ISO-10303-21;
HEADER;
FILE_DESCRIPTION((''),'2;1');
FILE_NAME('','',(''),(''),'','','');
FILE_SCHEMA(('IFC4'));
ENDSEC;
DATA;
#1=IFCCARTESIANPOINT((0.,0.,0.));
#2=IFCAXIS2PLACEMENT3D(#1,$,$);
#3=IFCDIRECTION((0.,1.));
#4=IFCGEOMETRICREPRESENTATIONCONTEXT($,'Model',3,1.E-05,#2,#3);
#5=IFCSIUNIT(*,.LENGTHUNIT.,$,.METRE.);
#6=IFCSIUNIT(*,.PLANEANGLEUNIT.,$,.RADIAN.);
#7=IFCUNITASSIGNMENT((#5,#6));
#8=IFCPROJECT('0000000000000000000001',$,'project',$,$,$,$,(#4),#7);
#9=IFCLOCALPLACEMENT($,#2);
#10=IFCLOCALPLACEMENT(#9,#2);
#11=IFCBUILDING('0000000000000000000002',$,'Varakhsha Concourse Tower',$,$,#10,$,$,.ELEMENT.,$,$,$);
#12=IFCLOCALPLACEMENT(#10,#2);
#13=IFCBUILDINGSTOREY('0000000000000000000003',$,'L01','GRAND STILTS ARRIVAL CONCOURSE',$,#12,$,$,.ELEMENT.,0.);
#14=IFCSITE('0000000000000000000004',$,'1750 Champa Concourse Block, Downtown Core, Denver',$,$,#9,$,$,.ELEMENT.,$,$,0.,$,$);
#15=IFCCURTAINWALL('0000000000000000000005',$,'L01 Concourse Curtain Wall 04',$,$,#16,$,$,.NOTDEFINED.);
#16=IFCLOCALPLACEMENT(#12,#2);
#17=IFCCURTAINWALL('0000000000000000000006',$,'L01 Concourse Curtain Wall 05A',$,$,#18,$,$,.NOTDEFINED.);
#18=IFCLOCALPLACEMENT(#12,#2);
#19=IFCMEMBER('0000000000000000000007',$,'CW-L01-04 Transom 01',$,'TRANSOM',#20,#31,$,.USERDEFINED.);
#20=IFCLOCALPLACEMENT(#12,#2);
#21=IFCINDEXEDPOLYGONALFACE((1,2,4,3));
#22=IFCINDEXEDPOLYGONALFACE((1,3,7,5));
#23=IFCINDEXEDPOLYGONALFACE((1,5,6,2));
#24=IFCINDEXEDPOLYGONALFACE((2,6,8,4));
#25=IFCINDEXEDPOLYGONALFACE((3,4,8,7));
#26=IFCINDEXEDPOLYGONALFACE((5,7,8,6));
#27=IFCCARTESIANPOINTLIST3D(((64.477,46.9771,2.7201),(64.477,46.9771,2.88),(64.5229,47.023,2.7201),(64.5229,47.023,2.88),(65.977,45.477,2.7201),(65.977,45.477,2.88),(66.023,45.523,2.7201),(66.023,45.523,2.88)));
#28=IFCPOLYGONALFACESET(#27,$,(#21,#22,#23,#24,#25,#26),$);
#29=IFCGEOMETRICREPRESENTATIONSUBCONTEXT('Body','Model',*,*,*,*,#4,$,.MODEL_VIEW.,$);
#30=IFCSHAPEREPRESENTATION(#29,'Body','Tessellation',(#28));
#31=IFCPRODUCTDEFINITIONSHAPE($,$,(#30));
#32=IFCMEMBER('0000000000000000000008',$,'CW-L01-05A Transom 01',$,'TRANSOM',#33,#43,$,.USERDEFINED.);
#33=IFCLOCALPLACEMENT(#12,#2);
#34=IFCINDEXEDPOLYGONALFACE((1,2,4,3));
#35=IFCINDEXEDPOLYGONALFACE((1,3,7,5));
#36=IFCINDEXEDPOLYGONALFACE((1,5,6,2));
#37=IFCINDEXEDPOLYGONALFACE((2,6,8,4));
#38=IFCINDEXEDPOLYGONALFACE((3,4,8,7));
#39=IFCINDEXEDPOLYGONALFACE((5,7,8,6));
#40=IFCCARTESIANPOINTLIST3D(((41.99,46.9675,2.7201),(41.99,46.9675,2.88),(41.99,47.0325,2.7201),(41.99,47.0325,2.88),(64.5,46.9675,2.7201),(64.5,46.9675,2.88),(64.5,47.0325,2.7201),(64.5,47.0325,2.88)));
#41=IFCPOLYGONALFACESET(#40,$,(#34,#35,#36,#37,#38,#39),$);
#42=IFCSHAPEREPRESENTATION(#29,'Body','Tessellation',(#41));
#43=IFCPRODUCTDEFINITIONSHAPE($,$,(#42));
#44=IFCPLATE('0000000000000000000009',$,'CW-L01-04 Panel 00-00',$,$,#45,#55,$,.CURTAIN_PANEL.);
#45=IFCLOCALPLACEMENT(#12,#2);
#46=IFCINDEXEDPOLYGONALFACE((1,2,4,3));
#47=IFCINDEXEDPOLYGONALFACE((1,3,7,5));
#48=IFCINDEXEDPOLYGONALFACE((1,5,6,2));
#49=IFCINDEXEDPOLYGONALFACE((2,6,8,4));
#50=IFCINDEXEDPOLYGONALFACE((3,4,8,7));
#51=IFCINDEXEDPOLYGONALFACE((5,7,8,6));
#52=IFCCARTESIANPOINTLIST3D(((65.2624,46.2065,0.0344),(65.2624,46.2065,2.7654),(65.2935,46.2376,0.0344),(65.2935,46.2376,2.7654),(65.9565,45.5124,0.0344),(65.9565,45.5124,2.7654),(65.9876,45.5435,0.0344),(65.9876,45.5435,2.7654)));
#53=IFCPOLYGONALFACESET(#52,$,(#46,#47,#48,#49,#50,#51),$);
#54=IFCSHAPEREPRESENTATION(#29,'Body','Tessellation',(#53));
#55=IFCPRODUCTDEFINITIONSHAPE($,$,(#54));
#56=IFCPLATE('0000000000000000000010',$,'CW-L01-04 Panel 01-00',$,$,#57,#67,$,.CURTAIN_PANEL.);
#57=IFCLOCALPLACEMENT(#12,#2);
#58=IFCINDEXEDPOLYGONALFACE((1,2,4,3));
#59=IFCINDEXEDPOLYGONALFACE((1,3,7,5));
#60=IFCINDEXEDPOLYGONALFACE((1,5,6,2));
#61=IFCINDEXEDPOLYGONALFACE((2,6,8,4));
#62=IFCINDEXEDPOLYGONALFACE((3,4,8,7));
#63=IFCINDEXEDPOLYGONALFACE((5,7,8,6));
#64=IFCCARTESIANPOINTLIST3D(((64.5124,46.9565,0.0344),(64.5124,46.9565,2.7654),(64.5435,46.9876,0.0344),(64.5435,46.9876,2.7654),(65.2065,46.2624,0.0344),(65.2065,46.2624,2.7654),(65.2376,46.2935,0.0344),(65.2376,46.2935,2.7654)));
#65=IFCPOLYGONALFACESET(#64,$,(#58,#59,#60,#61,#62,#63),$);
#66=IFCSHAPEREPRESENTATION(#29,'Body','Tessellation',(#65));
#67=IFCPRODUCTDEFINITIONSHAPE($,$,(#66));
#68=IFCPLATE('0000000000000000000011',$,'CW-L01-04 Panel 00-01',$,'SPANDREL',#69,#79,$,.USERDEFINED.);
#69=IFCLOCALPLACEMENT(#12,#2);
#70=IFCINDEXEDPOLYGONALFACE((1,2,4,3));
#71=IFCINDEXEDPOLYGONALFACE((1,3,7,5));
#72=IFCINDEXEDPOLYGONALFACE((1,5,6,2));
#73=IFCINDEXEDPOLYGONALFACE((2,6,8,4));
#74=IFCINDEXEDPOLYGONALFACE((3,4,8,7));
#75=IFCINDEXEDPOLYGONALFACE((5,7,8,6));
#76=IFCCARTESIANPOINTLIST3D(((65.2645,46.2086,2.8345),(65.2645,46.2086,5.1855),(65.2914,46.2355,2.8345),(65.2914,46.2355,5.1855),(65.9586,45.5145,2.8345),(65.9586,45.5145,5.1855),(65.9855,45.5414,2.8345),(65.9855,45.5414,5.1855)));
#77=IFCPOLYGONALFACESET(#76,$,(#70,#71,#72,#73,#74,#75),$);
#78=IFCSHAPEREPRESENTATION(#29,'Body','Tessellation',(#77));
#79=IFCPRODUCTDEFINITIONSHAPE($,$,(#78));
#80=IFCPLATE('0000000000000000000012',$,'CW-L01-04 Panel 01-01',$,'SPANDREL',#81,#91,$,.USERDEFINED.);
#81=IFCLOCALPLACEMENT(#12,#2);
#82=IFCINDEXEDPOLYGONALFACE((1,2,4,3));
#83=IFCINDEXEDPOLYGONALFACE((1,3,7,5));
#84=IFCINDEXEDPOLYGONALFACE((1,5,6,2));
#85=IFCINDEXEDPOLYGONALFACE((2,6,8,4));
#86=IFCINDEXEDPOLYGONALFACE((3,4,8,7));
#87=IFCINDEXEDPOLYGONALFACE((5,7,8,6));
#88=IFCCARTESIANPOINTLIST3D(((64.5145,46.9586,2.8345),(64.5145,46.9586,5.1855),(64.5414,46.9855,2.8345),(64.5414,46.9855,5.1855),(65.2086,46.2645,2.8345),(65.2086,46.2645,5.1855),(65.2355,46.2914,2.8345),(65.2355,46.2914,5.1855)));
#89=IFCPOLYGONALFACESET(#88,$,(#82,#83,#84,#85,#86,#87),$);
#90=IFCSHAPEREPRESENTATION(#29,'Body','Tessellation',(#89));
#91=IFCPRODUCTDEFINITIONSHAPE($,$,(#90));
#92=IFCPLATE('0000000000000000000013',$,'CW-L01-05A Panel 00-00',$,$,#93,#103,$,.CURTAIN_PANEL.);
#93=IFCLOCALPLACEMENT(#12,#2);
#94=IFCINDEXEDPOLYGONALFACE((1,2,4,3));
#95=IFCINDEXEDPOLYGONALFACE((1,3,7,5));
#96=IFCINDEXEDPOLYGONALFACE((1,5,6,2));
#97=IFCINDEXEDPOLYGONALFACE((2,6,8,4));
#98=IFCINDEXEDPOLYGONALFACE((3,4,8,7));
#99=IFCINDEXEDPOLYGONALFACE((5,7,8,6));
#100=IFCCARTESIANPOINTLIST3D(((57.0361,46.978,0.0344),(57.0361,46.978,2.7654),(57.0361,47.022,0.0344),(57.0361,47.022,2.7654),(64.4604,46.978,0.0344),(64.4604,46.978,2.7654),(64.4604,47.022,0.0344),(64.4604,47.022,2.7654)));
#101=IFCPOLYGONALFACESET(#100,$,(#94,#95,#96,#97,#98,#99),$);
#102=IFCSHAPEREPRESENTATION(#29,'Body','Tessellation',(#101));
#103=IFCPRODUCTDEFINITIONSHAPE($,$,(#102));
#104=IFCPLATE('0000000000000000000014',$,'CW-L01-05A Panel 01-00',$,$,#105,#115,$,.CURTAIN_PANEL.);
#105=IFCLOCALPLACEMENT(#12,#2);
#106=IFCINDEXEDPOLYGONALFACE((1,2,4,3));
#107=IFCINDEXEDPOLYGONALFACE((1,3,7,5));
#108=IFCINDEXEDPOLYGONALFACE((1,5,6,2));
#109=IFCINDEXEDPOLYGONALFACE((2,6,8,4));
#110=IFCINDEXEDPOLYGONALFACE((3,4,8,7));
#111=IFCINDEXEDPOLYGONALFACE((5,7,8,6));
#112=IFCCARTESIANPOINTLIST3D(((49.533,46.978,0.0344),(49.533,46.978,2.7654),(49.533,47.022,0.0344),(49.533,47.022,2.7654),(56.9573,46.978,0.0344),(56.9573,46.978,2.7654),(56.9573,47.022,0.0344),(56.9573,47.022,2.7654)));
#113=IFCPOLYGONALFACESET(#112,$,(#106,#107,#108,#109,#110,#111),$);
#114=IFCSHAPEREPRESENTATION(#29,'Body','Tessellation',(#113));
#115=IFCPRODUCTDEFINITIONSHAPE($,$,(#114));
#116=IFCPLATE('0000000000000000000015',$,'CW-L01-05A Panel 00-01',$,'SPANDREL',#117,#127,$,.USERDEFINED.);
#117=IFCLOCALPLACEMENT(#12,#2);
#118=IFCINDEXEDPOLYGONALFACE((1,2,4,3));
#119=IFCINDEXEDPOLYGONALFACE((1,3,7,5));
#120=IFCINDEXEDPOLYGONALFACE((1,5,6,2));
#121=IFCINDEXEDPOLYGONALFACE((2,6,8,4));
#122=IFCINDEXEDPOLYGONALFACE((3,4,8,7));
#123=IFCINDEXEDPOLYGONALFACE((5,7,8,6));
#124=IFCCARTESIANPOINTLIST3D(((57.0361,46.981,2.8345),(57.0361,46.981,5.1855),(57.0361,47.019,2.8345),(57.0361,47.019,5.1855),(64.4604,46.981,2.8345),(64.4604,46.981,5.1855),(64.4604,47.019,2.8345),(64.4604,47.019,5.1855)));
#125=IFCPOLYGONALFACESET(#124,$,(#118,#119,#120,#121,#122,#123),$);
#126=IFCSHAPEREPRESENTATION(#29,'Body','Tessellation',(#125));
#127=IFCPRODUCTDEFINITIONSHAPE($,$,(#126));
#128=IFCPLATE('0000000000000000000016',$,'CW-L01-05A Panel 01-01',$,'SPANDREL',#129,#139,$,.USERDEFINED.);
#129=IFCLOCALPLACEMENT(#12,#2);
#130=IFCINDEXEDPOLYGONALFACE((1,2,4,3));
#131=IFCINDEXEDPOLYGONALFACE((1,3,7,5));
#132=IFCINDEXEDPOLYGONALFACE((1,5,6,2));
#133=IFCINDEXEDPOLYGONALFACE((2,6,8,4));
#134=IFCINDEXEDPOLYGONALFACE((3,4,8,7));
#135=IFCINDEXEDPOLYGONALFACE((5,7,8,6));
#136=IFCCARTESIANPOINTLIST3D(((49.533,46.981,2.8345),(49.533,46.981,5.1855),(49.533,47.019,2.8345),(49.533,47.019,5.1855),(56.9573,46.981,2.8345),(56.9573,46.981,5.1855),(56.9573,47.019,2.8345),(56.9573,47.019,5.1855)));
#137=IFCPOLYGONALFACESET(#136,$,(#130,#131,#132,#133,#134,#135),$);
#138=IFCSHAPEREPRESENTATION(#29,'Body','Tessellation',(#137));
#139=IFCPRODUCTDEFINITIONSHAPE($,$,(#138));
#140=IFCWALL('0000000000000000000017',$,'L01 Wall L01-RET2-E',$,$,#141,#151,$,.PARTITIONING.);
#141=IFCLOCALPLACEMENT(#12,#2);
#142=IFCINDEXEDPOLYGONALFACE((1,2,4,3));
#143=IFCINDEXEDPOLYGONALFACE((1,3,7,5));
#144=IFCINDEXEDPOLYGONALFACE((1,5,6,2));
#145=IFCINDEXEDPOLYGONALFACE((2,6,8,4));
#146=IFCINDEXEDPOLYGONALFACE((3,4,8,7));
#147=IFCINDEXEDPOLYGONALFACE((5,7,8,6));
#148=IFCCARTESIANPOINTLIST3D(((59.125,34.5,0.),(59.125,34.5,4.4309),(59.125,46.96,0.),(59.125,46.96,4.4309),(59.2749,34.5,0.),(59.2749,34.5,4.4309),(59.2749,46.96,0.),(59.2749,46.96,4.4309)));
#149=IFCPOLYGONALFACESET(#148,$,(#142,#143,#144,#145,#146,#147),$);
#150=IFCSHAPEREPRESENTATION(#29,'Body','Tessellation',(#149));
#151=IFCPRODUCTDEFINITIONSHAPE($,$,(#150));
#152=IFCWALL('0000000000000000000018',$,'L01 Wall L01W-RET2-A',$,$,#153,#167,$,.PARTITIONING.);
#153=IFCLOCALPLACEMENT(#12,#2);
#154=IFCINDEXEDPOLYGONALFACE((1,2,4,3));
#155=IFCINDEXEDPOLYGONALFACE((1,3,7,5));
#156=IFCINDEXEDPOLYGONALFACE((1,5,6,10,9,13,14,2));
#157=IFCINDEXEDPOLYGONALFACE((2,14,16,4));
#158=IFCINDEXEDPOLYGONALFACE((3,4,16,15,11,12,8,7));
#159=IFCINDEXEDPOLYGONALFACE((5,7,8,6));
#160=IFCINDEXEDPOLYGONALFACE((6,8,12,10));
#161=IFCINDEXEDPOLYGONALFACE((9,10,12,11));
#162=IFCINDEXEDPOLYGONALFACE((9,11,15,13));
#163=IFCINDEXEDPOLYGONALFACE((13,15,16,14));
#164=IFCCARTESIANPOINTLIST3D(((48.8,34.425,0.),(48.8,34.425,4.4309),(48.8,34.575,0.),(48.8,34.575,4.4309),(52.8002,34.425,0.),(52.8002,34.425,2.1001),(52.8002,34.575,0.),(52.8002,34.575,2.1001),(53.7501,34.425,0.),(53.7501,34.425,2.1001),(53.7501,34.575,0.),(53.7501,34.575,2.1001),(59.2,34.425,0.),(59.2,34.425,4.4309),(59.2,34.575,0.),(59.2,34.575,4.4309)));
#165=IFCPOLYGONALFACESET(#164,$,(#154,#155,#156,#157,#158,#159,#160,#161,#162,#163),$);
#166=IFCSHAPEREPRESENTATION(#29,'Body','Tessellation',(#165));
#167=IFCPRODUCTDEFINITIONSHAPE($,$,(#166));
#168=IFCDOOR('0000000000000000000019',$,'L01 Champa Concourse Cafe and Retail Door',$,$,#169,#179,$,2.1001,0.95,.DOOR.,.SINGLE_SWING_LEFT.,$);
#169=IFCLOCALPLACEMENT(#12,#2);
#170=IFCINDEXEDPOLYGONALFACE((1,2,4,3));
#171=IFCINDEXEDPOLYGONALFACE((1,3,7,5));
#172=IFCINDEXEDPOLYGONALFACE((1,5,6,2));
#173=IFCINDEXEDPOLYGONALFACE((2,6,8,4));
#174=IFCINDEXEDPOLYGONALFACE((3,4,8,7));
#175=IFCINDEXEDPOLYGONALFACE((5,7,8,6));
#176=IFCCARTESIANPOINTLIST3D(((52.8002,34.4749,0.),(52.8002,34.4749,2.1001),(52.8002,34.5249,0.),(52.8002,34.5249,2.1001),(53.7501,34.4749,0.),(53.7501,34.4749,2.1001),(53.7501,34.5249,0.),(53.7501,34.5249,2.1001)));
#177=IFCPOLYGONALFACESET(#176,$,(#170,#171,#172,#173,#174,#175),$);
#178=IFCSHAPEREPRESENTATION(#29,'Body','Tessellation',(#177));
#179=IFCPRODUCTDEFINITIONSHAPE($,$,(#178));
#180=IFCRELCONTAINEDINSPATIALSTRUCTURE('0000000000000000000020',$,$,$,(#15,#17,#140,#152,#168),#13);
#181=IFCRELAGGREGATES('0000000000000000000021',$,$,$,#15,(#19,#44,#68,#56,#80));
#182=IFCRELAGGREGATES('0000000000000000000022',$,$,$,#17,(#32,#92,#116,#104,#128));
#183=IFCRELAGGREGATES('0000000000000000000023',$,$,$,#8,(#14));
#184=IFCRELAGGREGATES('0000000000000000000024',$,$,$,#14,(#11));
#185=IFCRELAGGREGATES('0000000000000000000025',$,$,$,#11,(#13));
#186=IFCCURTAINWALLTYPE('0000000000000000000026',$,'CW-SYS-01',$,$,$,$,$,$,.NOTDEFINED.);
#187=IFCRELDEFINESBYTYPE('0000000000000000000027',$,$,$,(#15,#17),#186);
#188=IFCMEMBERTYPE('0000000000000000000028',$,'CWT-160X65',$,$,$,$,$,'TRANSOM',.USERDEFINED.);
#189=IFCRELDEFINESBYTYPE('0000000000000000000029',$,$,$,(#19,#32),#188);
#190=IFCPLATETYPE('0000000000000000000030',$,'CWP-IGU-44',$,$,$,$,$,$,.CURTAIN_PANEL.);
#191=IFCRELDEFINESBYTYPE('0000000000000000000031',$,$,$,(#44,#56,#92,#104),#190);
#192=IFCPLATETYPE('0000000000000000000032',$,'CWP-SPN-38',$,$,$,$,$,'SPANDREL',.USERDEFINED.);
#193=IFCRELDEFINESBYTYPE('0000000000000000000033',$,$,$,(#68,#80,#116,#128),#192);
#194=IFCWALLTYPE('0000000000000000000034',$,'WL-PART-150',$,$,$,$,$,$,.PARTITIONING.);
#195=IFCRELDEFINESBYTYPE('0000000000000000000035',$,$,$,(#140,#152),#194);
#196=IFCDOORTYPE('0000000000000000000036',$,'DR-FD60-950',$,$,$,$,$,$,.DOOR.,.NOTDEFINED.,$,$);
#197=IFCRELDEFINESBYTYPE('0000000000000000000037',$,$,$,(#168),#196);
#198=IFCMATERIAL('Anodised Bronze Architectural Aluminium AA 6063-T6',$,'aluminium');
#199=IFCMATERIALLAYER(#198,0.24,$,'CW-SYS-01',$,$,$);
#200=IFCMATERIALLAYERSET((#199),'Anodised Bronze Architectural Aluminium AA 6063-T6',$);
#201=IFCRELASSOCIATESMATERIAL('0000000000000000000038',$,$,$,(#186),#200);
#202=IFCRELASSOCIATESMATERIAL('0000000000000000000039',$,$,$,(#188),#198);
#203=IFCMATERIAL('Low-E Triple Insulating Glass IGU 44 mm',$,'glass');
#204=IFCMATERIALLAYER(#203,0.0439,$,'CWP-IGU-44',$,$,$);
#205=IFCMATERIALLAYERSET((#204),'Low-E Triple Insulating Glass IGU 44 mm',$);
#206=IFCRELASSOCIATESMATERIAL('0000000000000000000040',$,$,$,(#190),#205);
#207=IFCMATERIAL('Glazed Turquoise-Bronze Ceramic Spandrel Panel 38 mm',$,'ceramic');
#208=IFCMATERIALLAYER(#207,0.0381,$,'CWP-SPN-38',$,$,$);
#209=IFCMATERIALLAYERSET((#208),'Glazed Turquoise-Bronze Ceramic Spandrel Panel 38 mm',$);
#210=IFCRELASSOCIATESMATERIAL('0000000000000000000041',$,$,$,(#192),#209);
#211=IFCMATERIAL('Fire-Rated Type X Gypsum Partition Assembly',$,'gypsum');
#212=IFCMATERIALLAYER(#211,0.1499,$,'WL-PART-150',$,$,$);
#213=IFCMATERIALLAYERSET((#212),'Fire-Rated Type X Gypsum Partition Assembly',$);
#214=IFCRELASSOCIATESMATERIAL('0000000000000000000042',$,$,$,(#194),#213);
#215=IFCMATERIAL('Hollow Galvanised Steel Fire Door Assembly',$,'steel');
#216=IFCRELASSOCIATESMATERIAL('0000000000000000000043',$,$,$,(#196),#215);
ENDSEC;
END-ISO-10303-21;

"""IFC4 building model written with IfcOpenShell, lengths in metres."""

from ifc_helpers import new_model, si_unit, direction, frame, frame_2d, origin, origin_2d, place, context, subcontext, project, spatial, rectangle, extrude, source, transform, mapped, material, layer, layer_set, material_profile, profile_set, type_object, type_shapes, element, fill, aggregate, save


model = new_model("IFC4")

# Units and contexts
model_context = context("Model", 3, precision=1e-05, world=origin(), true_north=direction((0.0, 1.0)))
body_context = subcontext(model_context, "Body", "Model", "MODEL_VIEW")
ifc_project = project(units=[si_unit("LENGTHUNIT", "METRE"), si_unit("PLANEANGLEUNIT", "RADIAN")], contexts=[model_context])

# Site, building, storey
site_placement = place(None, origin())
site = spatial("IfcSite", under=ifc_project, at=site_placement, Name="1750 Champa Concourse Block, Downtown Core, Denver", CompositionType="ELEMENT", RefElevation=0.0)
building_placement = place(site_placement, origin())
building = spatial("IfcBuilding", under=site, at=building_placement, Name="Varakhsha Concourse Tower", CompositionType="ELEMENT")
storey_placement = place(building_placement, origin())
storey = spatial("IfcBuildingStorey", under=building, at=storey_placement, Name="L01", Description="GRAND STILTS ARRIVAL CONCOURSE", CompositionType="ELEMENT", Elevation=0.0)

# Curtain walls
ifc_material_1 = material(Name="Anodised Bronze Architectural Aluminium AA 6063-T6", Category="aluminium")
ifc_layer_1 = layer(ifc_material_1, 0.24, Name="CW-SYS-01")
ifc_layer_set_1 = layer_set([ifc_layer_1], Name="Anodised Bronze Architectural Aluminium AA 6063-T6")
curtain_wall_type = type_object("IfcCurtainWallType", Name="CW-SYS-01", PredefinedType="NOTDEFINED", material=ifc_layer_set_1)
curtain_wall_1_placement = place(storey_placement, origin())
curtain_wall_1 = element("IfcCurtainWall", 1, at=curtain_wall_1_placement, inside=storey, type_object=curtain_wall_type, Name="L01 Concourse Curtain Wall 04", PredefinedType="NOTDEFINED")
curtain_wall_2_placement = place(storey_placement, origin())
curtain_wall_2 = element("IfcCurtainWall", 2, at=curtain_wall_2_placement, inside=storey, type_object=curtain_wall_type, Name="L01 Concourse Curtain Wall 05A", PredefinedType="NOTDEFINED")

# Members
ifc_material_profile_1 = material_profile(ifc_material_1, rectangle(XDim=0.0649, YDim=0.1599, at=origin_2d()), Name="CWT-160X65")
ifc_profile_set_1 = profile_set([ifc_material_profile_1], Name="Anodised Bronze Architectural Aluminium AA 6063-T6")
member_type_1 = type_object("IfcMemberType", Name="CWT-160X65", ElementType="TRANSOM", PredefinedType="USERDEFINED", material=ifc_profile_set_1)
shared_shape_1 = source(origin(), body_context, "Body", "SweptSolid", [
    extrude(rectangle(XDim=0.0649, YDim=0.1599, at=origin_2d()), origin(), (0.0, 0.0, 1.0), 2.1213),
])
member_1_placement = place(storey_placement, frame((66.0, 45.5, 2.8), z_axis=(-0.707107, 0.707107, 0.0), x_axis=(-0.707107, -0.707107, 0.0)))
member_1 = element("IfcMember", 3, at=member_1_placement, type_object=member_type_1, Name="CW-L01-04 Transom 01", ObjectType="TRANSOM", PredefinedType="USERDEFINED", context=body_context, shape_type="MappedRepresentation", body=[
    mapped(shared_shape_1, transform((0.0, 0.0, 0.0), scale=1.0)),
])
shared_shape_2 = source(origin(), body_context, "Body", "SweptSolid", [
    extrude(rectangle(XDim=0.0649, YDim=0.1599, at=origin_2d()), origin(), (0.0, 0.0, 1.0), 22.51),
])
type_shapes(member_type_1, [shared_shape_1, shared_shape_2])
member_2_placement = place(storey_placement, frame((64.5, 47.0, 2.8), z_axis=(-1.0, 0.0, 0.0), x_axis=(0.0, -1.0, 0.0)))
member_2 = element("IfcMember", 4, at=member_2_placement, type_object=member_type_1, Name="CW-L01-05A Transom 01", ObjectType="TRANSOM", PredefinedType="USERDEFINED", context=body_context, shape_type="MappedRepresentation", body=[
    mapped(shared_shape_2, transform((0.0, 0.0, 0.0), scale=1.0)),
])

# Plates
ifc_material_2 = material(Name="Low-E Triple Insulating Glass IGU 44 mm", Category="glass")
ifc_layer_2 = layer(ifc_material_2, 0.0439, Name="CWP-IGU-44")
ifc_layer_set_2 = layer_set([ifc_layer_2], Name="Low-E Triple Insulating Glass IGU 44 mm")
plate_type_1 = type_object("IfcPlateType", Name="CWP-IGU-44", PredefinedType="CURTAIN_PANEL", material=ifc_layer_set_2)
shared_shape_3 = source(origin(), body_context, "Body", "SweptSolid", [
    extrude(rectangle(XDim=0.9817, YDim=0.0439, at=origin_2d()), origin(), (0.0, 0.0, 1.0), 2.731),
])
plate_1_placement = place(storey_placement, frame((65.625, 45.875, 0.0344), z_axis=(0.0, 0.0, 1.0), x_axis=(-0.707107, 0.707107, 0.0)))
plate_1 = element("IfcPlate", 5, at=plate_1_placement, type_object=plate_type_1, Name="CW-L01-04 Panel 00-00", PredefinedType="CURTAIN_PANEL", context=body_context, shape_type="MappedRepresentation", body=[
    mapped(shared_shape_3, transform((0.0, 0.0, 0.0), scale=1.0)),
])
plate_2_placement = place(storey_placement, frame((64.875, 46.625, 0.0344), z_axis=(0.0, 0.0, 1.0), x_axis=(-0.707107, 0.707107, 0.0)))
plate_2 = element("IfcPlate", 6, at=plate_2_placement, type_object=plate_type_1, Name="CW-L01-04 Panel 01-00", PredefinedType="CURTAIN_PANEL", context=body_context, shape_type="MappedRepresentation", body=[
    mapped(shared_shape_3, transform((0.0, 0.0, 0.0), scale=1.0)),
])
ifc_material_3 = material(Name="Glazed Turquoise-Bronze Ceramic Spandrel Panel 38 mm", Category="ceramic")
ifc_layer_3 = layer(ifc_material_3, 0.0381, Name="CWP-SPN-38")
ifc_layer_set_3 = layer_set([ifc_layer_3], Name="Glazed Turquoise-Bronze Ceramic Spandrel Panel 38 mm")
plate_type_2 = type_object("IfcPlateType", Name="CWP-SPN-38", ElementType="SPANDREL", PredefinedType="USERDEFINED", material=ifc_layer_set_3)
shared_shape_4 = source(origin(), body_context, "Body", "SweptSolid", [
    extrude(rectangle(XDim=0.9817, YDim=0.0381, at=origin_2d()), origin(), (0.0, 0.0, 1.0), 2.3511),
])
plate_3_placement = place(storey_placement, frame((65.625, 45.875, 2.8345), z_axis=(0.0, 0.0, 1.0), x_axis=(-0.707107, 0.707107, 0.0)))
plate_3 = element("IfcPlate", 7, at=plate_3_placement, type_object=plate_type_2, Name="CW-L01-04 Panel 00-01", ObjectType="SPANDREL", PredefinedType="USERDEFINED", context=body_context, shape_type="MappedRepresentation", body=[
    mapped(shared_shape_4, transform((0.0, 0.0, 0.0), scale=1.0)),
])
plate_4_placement = place(storey_placement, frame((64.875, 46.625, 2.8345), z_axis=(0.0, 0.0, 1.0), x_axis=(-0.707107, 0.707107, 0.0)))
plate_4 = element("IfcPlate", 8, at=plate_4_placement, type_object=plate_type_2, Name="CW-L01-04 Panel 01-01", ObjectType="SPANDREL", PredefinedType="USERDEFINED", context=body_context, shape_type="MappedRepresentation", body=[
    mapped(shared_shape_4, transform((0.0, 0.0, 0.0), scale=1.0)),
])
aggregate(curtain_wall_1, [member_1, plate_1, plate_3, plate_2, plate_4])
shared_shape_5 = source(origin(), body_context, "Body", "SweptSolid", [
    extrude(rectangle(XDim=7.4243, YDim=0.0439, at=origin_2d()), origin(), (0.0, 0.0, 1.0), 2.731),
])
type_shapes(plate_type_1, [shared_shape_3, shared_shape_5])
plate_5_placement = place(storey_placement, frame((60.7483, 47.0, 0.0344), z_axis=(0.0, 0.0, 1.0), x_axis=(-1.0, 0.0, 0.0)))
plate_5 = element("IfcPlate", 9, at=plate_5_placement, type_object=plate_type_1, Name="CW-L01-05A Panel 00-00", PredefinedType="CURTAIN_PANEL", context=body_context, shape_type="MappedRepresentation", body=[
    mapped(shared_shape_5, transform((0.0, 0.0, 0.0), scale=1.0)),
])
plate_6_placement = place(storey_placement, frame((53.2451, 47.0, 0.0344), z_axis=(0.0, 0.0, 1.0), x_axis=(-1.0, 0.0, 0.0)))
plate_6 = element("IfcPlate", 10, at=plate_6_placement, type_object=plate_type_1, Name="CW-L01-05A Panel 01-00", PredefinedType="CURTAIN_PANEL", context=body_context, shape_type="MappedRepresentation", body=[
    mapped(shared_shape_5, transform((0.0, 0.0, 0.0), scale=1.0)),
])
shared_shape_6 = source(origin(), body_context, "Body", "SweptSolid", [
    extrude(rectangle(XDim=7.4243, YDim=0.0381, at=origin_2d()), origin(), (0.0, 0.0, 1.0), 2.3511),
])
type_shapes(plate_type_2, [shared_shape_4, shared_shape_6])
plate_7_placement = place(storey_placement, frame((60.7483, 47.0, 2.8345), z_axis=(0.0, 0.0, 1.0), x_axis=(-1.0, 0.0, 0.0)))
plate_7 = element("IfcPlate", 11, at=plate_7_placement, type_object=plate_type_2, Name="CW-L01-05A Panel 00-01", ObjectType="SPANDREL", PredefinedType="USERDEFINED", context=body_context, shape_type="MappedRepresentation", body=[
    mapped(shared_shape_6, transform((0.0, 0.0, 0.0), scale=1.0)),
])
plate_8_placement = place(storey_placement, frame((53.2451, 47.0, 2.8345), z_axis=(0.0, 0.0, 1.0), x_axis=(-1.0, 0.0, 0.0)))
plate_8 = element("IfcPlate", 12, at=plate_8_placement, type_object=plate_type_2, Name="CW-L01-05A Panel 01-01", ObjectType="SPANDREL", PredefinedType="USERDEFINED", context=body_context, shape_type="MappedRepresentation", body=[
    mapped(shared_shape_6, transform((0.0, 0.0, 0.0), scale=1.0)),
])
aggregate(curtain_wall_2, [member_2, plate_5, plate_7, plate_6, plate_8])

# Wall
ifc_material_4 = material(Name="Fire-Rated Type X Gypsum Partition Assembly", Category="gypsum")
ifc_layer_4 = layer(ifc_material_4, 0.1499, Name="WL-PART-150")
ifc_layer_set_4 = layer_set([ifc_layer_4], Name="Fire-Rated Type X Gypsum Partition Assembly")
wall_type = type_object("IfcWallType", Name="WL-PART-150", PredefinedType="PARTITIONING", material=ifc_layer_set_4)
wall_1_placement = place(storey_placement, frame((59.2, 34.5, 0.0), z_axis=(0.0, 0.0, 1.0), x_axis=(0.0, 1.0, 0.0)))
element("IfcWall", 13, at=wall_1_placement, inside=storey, type_object=wall_type, Name="L01 Wall L01-RET2-E", PredefinedType="PARTITIONING", context=body_context, shape_type="SweptSolid", body=[
    extrude(rectangle(XDim=12.46, YDim=0.1499, at=frame_2d((6.23, 0.0))), origin(), (0.0, 0.0, 1.0), 4.4309),
])

# Wall, opening, door
wall_2_placement = place(storey_placement, frame((48.8, 34.5, 0.0), z_axis=(0.0, 0.0, 1.0), x_axis=(1.0, 0.0, 0.0)))
wall_2 = element("IfcWall", 14, at=wall_2_placement, inside=storey, type_object=wall_type, Name="L01 Wall L01W-RET2-A", PredefinedType="PARTITIONING", context=body_context, shape_type="SweptSolid", body=[
    extrude(rectangle(XDim=10.3999, YDim=0.1499, at=frame_2d((5.2, 0.0))), origin(), (0.0, 0.0, 1.0), 4.4309),
])
opening_placement = place(wall_2_placement, frame((4.0, 0.0, 0.0)))
opening = element("IfcOpeningElement", 15, at=opening_placement, cuts=wall_2, PredefinedType="OPENING", context=body_context, shape_type="SweptSolid", body=[
    extrude(rectangle(XDim=0.95, YDim=2.1001, at=frame_2d((0.4751, 1.05))), frame((0.0, 0.085, 0.0), z_axis=(0.0, -1.0, 0.0), x_axis=(1.0, 0.0, 0.0)), (0.0, 0.0, 1.0), 0.1699),
])
ifc_material_5 = material(Name="Hollow Galvanised Steel Fire Door Assembly", Category="steel")
door_type = type_object("IfcDoorType", Name="DR-FD60-950", OperationType="NOTDEFINED", PredefinedType="DOOR", material=ifc_material_5)
door_placement = place(opening_placement, origin())
door = element("IfcDoor", 16, at=door_placement, inside=storey, type_object=door_type, Name="L01 Champa Concourse Cafe and Retail Door", OperationType="SINGLE_SWING_LEFT", OverallHeight=2.1001, OverallWidth=0.95, PredefinedType="DOOR", context=body_context, shape_type="SweptSolid", body=[
    extrude(rectangle(XDim=0.95, YDim=2.1001, at=frame_2d((0.4751, 1.05))), frame((0.0, 0.0249, 0.0), z_axis=(0.0, -1.0, 0.0), x_axis=(1.0, 0.0, 0.0)), (0.0, 0.0, 1.0), 0.05),
])
fill(opening, door)

save(model, "model.ifc")
